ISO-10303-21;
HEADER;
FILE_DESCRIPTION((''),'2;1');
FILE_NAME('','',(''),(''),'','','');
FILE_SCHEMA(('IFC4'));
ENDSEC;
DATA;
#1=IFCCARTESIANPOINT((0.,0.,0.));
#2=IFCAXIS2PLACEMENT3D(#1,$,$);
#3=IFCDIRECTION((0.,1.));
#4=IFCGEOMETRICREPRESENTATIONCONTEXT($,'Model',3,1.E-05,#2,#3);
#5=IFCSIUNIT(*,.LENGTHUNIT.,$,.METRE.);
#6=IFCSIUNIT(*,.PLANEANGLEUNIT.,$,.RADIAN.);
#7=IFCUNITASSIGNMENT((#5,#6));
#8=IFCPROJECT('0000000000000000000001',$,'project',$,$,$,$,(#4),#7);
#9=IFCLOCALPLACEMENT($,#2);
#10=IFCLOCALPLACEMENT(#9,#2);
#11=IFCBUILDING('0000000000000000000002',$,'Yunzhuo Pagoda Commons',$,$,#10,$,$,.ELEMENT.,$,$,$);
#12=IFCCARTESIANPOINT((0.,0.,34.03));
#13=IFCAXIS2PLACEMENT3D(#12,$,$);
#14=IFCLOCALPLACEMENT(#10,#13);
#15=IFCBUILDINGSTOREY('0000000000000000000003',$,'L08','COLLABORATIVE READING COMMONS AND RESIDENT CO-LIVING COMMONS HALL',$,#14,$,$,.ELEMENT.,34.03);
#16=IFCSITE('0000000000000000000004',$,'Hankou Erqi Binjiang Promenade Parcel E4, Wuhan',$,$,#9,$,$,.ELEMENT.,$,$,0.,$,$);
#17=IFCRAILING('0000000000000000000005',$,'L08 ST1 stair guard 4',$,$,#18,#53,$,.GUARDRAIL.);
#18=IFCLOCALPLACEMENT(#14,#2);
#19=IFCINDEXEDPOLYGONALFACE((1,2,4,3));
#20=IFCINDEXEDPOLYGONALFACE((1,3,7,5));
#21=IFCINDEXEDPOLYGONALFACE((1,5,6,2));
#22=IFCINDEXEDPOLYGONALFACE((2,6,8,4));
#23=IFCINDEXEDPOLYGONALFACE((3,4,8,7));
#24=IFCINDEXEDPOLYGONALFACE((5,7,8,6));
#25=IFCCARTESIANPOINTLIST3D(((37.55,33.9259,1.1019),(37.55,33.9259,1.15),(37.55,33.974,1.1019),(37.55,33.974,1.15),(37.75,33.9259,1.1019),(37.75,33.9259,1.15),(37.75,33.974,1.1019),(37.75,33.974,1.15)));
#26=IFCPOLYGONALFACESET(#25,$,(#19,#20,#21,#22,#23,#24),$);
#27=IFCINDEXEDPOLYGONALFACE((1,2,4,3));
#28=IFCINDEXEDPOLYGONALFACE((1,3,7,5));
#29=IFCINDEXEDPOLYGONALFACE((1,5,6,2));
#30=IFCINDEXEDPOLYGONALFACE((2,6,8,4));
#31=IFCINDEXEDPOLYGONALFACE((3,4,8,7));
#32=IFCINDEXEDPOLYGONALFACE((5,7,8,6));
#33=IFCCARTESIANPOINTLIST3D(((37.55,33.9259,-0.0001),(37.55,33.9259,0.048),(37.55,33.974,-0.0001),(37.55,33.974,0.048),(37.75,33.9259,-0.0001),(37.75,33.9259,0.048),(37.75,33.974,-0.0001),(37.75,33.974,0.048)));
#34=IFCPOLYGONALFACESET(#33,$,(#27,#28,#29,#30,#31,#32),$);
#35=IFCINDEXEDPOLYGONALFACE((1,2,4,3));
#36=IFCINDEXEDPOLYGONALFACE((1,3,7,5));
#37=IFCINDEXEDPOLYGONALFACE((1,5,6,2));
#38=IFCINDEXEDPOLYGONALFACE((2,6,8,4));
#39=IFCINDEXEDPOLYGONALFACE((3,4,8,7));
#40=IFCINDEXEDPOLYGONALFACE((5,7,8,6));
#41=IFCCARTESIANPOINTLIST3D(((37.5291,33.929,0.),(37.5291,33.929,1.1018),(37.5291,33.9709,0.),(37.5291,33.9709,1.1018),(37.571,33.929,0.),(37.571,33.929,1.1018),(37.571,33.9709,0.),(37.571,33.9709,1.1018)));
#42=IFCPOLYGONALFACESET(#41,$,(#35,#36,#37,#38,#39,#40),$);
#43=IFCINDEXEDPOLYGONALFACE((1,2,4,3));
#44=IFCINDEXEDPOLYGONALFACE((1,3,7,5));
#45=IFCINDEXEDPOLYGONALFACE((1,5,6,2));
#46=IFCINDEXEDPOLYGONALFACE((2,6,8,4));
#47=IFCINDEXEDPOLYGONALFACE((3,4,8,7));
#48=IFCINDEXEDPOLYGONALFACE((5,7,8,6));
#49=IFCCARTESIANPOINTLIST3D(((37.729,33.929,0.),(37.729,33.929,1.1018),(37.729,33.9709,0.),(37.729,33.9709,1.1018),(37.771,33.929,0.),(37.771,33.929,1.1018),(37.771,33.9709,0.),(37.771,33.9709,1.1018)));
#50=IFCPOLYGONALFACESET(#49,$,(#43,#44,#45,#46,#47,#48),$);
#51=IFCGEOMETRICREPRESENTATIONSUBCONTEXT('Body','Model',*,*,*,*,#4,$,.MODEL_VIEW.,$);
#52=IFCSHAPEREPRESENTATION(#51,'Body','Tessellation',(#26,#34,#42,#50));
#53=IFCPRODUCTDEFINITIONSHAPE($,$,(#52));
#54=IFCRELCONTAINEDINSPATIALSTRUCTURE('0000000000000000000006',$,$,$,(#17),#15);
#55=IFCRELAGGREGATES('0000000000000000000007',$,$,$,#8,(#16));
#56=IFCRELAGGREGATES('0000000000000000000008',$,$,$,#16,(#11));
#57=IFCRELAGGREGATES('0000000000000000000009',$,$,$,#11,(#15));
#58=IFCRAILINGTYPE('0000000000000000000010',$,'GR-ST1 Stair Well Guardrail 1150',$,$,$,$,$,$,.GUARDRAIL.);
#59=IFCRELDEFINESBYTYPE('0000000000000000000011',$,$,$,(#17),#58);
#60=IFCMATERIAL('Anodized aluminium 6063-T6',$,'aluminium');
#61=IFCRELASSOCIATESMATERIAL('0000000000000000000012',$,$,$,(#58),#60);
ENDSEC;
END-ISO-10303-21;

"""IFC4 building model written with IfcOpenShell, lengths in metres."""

from ifc_helpers import new_model, si_unit, direction, frame, origin, origin_2d, place, context, subcontext, project, spatial, rectangle, extrude, material, type_object, element, save


model = new_model("IFC4")

# Units and contexts
model_context = context("Model", 3, precision=1e-05, world=origin(), true_north=direction((0.0, 1.0)))
body_context = subcontext(model_context, "Body", "Model", "MODEL_VIEW")
ifc_project = project(units=[si_unit("LENGTHUNIT", "METRE"), si_unit("PLANEANGLEUNIT", "RADIAN")], contexts=[model_context])

# Site, building, storey
site_placement = place(None, origin())
site = spatial("IfcSite", under=ifc_project, at=site_placement, Name="Hankou Erqi Binjiang Promenade Parcel E4, Wuhan", CompositionType="ELEMENT", RefElevation=0.0)
building_placement = place(site_placement, origin())
building = spatial("IfcBuilding", under=site, at=building_placement, Name="Yunzhuo Pagoda Commons", CompositionType="ELEMENT")
storey_placement = place(building_placement, frame((0.0, 0.0, 34.03)))
storey = spatial("IfcBuildingStorey", under=building, at=storey_placement, Name="L08", Description="COLLABORATIVE READING COMMONS AND RESIDENT CO-LIVING COMMONS HALL", CompositionType="ELEMENT", Elevation=34.03)

# Railing
ifc_material_1 = material(Name="Anodized aluminium 6063-T6", Category="aluminium")
railing_type = type_object("IfcRailingType", Name="GR-ST1 Stair Well Guardrail 1150", PredefinedType="GUARDRAIL", material=ifc_material_1)
railing_placement = place(storey_placement, frame((37.55, 33.95, 0.0)))
element("IfcRailing", 1, at=railing_placement, inside=storey, type_object=railing_type, Name="L08 ST1 stair guard 4", PredefinedType="GUARDRAIL", context=body_context, shape_type="SweptSolid", body=[
    extrude(rectangle(XDim=0.0481, YDim=0.0481, at=origin_2d()), frame((0.0, 0.0, 1.126), z_axis=(1.0, 0.0, 0.0), x_axis=(0.0, 1.0, 0.0)), (0.0, 0.0, 1.0), 0.2),
    extrude(rectangle(XDim=0.0481, YDim=0.0481, at=origin_2d()), frame((0.0, 0.0, 0.0239), z_axis=(1.0, 0.0, 0.0), x_axis=(0.0, 1.0, 0.0)), (0.0, 0.0, 1.0), 0.2),
    extrude(rectangle(XDim=0.042, YDim=0.042, at=origin_2d()), origin(), (0.0, 0.0, 1.0), 1.1018),
    extrude(rectangle(XDim=0.042, YDim=0.042, at=origin_2d()), frame((0.2, 0.0, 0.0)), (0.0, 0.0, 1.0), 1.1018),
])

save(model, "model.ifc")
